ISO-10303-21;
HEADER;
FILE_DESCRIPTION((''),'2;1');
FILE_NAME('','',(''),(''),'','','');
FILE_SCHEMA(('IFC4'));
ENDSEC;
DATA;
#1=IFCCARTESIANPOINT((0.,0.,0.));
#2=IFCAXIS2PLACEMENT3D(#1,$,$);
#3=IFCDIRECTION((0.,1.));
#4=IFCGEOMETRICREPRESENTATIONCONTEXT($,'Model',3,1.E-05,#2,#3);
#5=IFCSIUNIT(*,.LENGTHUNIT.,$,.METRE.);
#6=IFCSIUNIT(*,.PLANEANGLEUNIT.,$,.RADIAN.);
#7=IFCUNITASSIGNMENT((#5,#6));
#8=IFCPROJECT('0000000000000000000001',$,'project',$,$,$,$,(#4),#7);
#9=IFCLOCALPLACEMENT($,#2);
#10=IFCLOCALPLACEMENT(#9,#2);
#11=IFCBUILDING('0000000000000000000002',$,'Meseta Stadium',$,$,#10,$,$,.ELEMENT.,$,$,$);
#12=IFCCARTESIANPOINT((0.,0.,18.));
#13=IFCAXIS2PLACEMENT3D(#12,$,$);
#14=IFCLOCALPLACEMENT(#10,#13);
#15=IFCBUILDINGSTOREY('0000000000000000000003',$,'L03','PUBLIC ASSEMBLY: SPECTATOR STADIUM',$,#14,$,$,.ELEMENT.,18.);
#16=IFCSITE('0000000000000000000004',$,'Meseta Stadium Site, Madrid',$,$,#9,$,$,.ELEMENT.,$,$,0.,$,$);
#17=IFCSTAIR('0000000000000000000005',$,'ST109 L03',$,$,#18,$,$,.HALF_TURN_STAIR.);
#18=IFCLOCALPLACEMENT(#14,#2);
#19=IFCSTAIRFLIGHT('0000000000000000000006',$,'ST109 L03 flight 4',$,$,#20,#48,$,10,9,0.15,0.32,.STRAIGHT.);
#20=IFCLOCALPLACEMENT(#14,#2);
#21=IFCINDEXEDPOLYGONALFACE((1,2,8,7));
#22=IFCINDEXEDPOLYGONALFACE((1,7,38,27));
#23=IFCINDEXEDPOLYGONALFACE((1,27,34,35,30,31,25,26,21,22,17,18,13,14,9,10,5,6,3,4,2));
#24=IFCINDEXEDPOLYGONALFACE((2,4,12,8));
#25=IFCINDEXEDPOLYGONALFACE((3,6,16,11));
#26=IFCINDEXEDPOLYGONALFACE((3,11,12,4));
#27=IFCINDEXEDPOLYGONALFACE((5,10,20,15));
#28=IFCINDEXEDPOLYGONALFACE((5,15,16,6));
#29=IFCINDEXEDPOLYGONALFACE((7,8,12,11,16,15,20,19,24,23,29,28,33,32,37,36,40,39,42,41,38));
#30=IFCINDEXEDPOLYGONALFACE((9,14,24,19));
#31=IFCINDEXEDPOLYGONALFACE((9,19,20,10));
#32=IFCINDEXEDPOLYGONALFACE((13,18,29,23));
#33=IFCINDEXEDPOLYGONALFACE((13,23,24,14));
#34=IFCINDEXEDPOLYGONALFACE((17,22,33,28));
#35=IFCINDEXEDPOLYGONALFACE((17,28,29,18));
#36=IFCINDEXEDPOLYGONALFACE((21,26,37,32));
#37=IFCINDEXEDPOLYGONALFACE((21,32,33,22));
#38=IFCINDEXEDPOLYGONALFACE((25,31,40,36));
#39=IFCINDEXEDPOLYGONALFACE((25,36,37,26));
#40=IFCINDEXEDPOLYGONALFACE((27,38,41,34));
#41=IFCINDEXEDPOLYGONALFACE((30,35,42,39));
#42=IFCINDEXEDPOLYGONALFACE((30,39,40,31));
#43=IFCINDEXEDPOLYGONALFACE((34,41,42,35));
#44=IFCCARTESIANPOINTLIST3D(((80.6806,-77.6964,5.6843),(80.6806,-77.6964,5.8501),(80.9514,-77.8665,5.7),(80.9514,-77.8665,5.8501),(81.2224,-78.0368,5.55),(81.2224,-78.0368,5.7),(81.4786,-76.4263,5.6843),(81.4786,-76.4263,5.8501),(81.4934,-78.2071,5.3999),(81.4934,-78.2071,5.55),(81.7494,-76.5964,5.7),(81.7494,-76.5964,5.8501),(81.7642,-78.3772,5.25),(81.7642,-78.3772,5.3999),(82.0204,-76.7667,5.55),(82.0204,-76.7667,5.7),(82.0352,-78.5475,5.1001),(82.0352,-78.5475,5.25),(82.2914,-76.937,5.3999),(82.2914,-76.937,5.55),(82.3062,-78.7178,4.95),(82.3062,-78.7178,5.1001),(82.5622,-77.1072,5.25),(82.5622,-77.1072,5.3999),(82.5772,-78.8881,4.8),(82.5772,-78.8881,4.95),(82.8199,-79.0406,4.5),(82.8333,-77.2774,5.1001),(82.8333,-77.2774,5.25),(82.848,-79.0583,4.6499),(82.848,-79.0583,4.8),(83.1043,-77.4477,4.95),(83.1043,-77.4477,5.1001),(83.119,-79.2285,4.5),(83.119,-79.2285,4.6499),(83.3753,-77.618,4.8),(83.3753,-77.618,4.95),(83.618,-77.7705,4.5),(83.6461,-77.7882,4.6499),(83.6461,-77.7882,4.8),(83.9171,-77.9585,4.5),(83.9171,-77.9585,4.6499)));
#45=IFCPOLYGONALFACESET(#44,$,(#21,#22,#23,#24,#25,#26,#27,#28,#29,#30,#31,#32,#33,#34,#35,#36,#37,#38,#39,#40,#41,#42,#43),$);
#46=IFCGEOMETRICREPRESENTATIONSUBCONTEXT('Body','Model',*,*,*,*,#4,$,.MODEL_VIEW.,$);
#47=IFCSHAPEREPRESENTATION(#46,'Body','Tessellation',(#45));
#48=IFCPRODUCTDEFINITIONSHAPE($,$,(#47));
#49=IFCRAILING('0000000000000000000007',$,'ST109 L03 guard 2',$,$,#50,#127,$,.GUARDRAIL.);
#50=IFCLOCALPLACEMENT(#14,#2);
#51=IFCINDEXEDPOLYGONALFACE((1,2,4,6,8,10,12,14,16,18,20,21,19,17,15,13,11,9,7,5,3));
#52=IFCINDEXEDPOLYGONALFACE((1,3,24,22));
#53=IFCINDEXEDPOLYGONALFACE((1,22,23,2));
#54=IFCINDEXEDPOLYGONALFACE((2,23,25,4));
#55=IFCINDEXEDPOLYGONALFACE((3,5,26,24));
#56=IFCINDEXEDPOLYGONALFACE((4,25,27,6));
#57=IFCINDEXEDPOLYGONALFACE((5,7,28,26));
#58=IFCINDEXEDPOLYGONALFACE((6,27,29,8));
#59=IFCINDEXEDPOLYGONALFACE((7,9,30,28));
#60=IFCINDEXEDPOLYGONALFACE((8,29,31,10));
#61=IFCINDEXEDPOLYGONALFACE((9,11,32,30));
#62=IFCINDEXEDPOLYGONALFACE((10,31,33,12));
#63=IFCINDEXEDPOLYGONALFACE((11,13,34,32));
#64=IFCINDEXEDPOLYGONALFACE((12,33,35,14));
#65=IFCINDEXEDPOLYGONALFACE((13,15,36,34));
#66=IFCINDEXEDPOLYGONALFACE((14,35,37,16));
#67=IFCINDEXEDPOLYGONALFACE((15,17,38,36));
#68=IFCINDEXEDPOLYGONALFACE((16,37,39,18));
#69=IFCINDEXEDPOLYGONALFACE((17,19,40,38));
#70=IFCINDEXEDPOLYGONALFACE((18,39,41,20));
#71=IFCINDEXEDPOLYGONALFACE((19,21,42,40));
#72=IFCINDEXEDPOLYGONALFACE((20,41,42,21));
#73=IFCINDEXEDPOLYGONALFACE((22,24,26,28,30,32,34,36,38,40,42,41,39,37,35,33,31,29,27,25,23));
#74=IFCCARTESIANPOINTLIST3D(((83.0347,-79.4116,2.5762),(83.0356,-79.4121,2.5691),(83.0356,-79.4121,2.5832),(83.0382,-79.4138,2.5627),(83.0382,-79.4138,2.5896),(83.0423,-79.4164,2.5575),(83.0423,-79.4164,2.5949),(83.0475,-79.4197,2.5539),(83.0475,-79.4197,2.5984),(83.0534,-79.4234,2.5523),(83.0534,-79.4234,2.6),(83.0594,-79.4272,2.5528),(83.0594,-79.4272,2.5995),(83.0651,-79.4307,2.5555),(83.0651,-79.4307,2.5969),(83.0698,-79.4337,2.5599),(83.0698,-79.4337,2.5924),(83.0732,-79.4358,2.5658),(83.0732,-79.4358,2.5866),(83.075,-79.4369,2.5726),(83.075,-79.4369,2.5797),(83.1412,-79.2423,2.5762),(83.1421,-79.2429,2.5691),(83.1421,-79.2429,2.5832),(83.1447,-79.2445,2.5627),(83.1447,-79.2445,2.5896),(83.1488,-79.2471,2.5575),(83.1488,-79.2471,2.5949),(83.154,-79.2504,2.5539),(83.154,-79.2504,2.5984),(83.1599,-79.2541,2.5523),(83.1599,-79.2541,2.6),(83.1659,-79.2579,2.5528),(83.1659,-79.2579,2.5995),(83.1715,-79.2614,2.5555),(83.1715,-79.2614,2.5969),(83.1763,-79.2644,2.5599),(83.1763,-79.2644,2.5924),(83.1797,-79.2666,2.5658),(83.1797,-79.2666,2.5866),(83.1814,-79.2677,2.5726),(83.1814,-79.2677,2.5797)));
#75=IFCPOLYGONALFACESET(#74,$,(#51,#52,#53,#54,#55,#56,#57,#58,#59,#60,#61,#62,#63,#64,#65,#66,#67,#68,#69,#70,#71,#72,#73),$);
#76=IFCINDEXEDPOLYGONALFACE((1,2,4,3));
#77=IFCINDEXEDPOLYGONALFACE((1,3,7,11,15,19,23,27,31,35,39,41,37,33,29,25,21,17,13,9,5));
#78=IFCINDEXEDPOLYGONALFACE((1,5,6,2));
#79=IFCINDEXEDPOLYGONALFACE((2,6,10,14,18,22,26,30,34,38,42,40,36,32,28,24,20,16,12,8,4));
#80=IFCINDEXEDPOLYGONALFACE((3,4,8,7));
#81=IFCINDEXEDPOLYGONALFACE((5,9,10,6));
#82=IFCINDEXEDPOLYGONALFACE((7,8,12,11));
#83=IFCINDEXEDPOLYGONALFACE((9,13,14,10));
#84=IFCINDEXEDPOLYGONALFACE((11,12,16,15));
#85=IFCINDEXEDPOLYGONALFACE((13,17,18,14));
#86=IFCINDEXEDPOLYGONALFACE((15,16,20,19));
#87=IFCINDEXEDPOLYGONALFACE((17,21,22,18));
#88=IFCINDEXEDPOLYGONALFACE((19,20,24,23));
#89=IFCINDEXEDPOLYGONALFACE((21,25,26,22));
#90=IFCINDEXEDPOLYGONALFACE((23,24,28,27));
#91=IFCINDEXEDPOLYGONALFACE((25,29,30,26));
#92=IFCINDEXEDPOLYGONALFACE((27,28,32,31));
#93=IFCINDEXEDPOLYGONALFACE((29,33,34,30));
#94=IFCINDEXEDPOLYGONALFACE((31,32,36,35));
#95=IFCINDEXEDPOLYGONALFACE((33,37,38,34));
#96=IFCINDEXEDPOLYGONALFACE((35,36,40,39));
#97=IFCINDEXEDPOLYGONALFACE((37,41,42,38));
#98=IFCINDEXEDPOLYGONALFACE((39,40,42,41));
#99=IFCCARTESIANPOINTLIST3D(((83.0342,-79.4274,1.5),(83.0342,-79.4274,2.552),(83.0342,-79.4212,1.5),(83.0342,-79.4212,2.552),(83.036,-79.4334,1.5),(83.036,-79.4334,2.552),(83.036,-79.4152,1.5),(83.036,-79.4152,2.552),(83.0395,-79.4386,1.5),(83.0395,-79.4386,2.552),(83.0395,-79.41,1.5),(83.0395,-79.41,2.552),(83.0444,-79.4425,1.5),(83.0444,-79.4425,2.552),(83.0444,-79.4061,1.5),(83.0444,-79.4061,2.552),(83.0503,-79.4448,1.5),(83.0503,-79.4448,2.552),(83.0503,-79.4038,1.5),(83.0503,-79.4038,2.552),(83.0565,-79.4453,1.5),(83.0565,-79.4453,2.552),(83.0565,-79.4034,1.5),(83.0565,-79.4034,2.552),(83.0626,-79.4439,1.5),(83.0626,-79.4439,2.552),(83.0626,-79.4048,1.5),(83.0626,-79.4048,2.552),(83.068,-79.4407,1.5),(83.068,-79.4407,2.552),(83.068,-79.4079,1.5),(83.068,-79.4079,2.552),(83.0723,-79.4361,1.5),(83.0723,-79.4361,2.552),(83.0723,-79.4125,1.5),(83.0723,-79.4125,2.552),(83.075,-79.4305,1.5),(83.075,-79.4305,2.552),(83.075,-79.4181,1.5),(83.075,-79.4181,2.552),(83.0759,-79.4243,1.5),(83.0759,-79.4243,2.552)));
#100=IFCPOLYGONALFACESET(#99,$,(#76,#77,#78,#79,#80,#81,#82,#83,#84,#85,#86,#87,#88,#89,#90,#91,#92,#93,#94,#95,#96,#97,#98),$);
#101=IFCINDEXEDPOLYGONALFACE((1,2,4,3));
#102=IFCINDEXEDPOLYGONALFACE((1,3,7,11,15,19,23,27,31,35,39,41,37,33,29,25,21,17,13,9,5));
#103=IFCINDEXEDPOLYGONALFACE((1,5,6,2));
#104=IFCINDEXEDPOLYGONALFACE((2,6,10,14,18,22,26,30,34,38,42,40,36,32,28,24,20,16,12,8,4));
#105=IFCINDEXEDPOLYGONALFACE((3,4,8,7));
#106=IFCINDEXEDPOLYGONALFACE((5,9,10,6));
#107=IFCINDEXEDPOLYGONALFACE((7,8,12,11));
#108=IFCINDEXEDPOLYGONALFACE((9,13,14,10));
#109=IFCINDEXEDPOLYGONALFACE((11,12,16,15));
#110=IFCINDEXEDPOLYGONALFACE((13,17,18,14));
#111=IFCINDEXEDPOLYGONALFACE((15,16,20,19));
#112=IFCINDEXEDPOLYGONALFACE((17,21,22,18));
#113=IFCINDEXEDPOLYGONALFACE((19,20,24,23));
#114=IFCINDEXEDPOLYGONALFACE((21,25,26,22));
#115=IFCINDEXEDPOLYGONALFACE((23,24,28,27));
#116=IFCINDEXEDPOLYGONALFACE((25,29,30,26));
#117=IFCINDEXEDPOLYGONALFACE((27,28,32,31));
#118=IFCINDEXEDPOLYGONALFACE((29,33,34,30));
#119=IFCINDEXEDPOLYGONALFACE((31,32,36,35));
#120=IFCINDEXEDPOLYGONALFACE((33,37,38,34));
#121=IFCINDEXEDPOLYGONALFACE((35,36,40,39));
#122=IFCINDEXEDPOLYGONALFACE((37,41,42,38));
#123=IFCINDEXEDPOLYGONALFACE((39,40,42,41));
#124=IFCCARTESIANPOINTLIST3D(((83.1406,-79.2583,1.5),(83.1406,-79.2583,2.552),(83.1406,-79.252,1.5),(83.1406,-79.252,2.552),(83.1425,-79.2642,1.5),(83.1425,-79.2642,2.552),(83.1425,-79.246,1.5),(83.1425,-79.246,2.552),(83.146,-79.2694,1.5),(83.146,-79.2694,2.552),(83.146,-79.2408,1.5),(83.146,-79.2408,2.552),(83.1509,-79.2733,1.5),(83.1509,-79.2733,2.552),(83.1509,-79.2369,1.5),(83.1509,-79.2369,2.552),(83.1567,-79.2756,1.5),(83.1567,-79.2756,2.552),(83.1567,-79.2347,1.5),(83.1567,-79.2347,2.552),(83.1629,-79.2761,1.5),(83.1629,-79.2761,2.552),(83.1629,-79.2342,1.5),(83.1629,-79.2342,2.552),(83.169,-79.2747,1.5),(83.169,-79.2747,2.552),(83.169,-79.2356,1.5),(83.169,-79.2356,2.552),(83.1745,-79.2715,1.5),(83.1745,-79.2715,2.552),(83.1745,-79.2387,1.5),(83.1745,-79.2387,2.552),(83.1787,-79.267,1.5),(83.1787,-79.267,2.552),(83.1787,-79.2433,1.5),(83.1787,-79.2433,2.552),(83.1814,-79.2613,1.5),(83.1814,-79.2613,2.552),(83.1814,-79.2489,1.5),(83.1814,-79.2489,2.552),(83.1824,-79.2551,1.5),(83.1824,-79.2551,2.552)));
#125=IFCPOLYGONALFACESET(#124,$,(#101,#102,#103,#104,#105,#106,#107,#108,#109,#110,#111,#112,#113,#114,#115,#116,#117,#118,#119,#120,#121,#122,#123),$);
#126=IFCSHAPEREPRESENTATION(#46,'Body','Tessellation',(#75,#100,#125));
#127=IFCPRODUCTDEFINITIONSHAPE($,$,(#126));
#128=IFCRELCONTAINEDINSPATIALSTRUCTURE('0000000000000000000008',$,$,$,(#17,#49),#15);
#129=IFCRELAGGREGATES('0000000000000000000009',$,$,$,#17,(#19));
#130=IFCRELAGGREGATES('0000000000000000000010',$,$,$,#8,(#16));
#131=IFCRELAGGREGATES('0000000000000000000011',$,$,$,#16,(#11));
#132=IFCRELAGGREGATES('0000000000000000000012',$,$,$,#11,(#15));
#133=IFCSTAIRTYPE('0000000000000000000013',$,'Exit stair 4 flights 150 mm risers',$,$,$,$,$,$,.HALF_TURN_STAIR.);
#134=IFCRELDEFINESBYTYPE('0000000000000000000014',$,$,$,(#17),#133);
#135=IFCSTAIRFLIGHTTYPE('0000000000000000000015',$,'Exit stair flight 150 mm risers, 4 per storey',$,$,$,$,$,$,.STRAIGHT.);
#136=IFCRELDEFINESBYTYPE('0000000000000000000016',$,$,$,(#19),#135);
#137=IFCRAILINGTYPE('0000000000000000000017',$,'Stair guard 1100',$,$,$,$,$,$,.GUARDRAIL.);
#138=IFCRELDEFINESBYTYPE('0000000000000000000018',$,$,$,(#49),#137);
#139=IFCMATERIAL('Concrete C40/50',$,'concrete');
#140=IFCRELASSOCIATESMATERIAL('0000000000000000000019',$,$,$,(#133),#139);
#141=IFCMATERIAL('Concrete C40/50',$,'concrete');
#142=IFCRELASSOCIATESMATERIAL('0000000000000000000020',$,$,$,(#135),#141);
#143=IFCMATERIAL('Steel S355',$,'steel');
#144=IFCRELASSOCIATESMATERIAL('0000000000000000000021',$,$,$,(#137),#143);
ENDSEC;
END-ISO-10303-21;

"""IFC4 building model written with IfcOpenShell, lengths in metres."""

from ifc_helpers import new_model, si_unit, direction, frame, origin, origin_2d, place, context, subcontext, project, spatial, polyline, circle, outline, extrude, material, type_object, element, aggregate, save


model = new_model("IFC4")

# Units and contexts
model_context = context("Model", 3, precision=1e-05, world=origin(), true_north=direction((0.0, 1.0)))
body_context = subcontext(model_context, "Body", "Model", "MODEL_VIEW")
ifc_project = project(units=[si_unit("LENGTHUNIT", "METRE"), si_unit("PLANEANGLEUNIT", "RADIAN")], contexts=[model_context])

# Site, building, storey
site_placement = place(None, origin())
site = spatial("IfcSite", under=ifc_project, at=site_placement, Name="Meseta Stadium Site, Madrid", CompositionType="ELEMENT", RefElevation=0.0)
building_placement = place(site_placement, origin())
building = spatial("IfcBuilding", under=site, at=building_placement, Name="Meseta Stadium", CompositionType="ELEMENT")
storey_placement = place(building_placement, frame((0.0, 0.0, 18.0)))
storey = spatial("IfcBuildingStorey", under=building, at=storey_placement, Name="L03", Description="PUBLIC ASSEMBLY: SPECTATOR STADIUM", CompositionType="ELEMENT", Elevation=18.0)

# Stair, stair flight
ifc_material_1 = material(Name="Concrete C40/50", Category="concrete")
stair_type = type_object("IfcStairType", Name="Exit stair 4 flights 150 mm risers", PredefinedType="HALF_TURN_STAIR", material=ifc_material_1)
stair_placement = place(storey_placement, origin())
stair = element("IfcStair", 1, at=stair_placement, inside=storey, type_object=stair_type, Name="ST109 L03", PredefinedType="HALF_TURN_STAIR")
ifc_material_2 = material(Name="Concrete C40/50", Category="concrete")
stair_flight_type = type_object("IfcStairFlightType", Name="Exit stair flight 150 mm risers, 4 per storey", PredefinedType="STRAIGHT", material=ifc_material_2)
stair_flight_1_placement = place(storey_placement, frame((83.5181, -78.5935, 4.5), z_axis=(0.0, 0.0, 1.0), x_axis=(-0.846724, 0.532032, 0.0)))
stair_flight_1 = element("IfcStairFlight", 2, at=stair_flight_1_placement, type_object=stair_flight_type, Name="ST109 L03 flight 4", NumberOfRisers=10, NumberOfTreads=9, PredefinedType="STRAIGHT", RiserHeight=0.15, TreadLength=0.32, context=body_context, shape_type="SweptSolid", body=[
    extrude(outline(polyline([(0.0, 0.0), (0.0, 0.1499), (0.3201, 0.1499), (0.3201, 0.3), (0.6399, 0.3), (0.6399, 0.45), (0.96, 0.45), (0.96, 0.6001), (1.28, 0.6001), (1.28, 0.75), (1.6001, 0.75), (1.6001, 0.8999), (1.9199, 0.8999), (1.9199, 1.05), (2.24, 1.05), (2.24, 1.2), (2.5601, 1.2), (2.5601, 1.3501), (2.8799, 1.3501), (2.8799, 1.1843), (0.3533, 0.0), (0.0, 0.0)])), frame((0.0, 0.75, 0.0), z_axis=(0.0, -1.0, 0.0), x_axis=(1.0, 0.0, 0.0)), (0.0, 0.0, 1.0), 1.5),
])
aggregate(stair, [stair_flight_1])

# Railing
ifc_material_3 = material(Name="Steel S355", Category="steel")
railing_type_1 = type_object("IfcRailingType", Name="Stair guard 1100", PredefinedType="GUARDRAIL", material=ifc_material_3)
railing_1_placement = place(storey_placement, frame((83.0549, -79.4243, 1.5)))
element("IfcRailing", 3, at=railing_1_placement, inside=storey, type_object=railing_type_1, Name="ST109 L03 guard 2", PredefinedType="GUARDRAIL", context=body_context, shape_type="SweptSolid", body=[
    extrude(circle(Radius=0.0239, at=origin_2d()), frame((0.0, 0.0, 1.0762), z_axis=(0.532522, 0.846416, 0.0), x_axis=(-0.846416, 0.532522, 0.0)), (0.0, 0.0, 1.0), 0.2),
    extrude(circle(Radius=0.021, at=origin_2d()), origin(), (0.0, 0.0, 1.0), 1.052),
    extrude(circle(Radius=0.021, at=origin_2d()), frame((0.1064, 0.1692, 0.0)), (0.0, 0.0, 1.0), 1.052),
])

save(model, "model.ifc")
